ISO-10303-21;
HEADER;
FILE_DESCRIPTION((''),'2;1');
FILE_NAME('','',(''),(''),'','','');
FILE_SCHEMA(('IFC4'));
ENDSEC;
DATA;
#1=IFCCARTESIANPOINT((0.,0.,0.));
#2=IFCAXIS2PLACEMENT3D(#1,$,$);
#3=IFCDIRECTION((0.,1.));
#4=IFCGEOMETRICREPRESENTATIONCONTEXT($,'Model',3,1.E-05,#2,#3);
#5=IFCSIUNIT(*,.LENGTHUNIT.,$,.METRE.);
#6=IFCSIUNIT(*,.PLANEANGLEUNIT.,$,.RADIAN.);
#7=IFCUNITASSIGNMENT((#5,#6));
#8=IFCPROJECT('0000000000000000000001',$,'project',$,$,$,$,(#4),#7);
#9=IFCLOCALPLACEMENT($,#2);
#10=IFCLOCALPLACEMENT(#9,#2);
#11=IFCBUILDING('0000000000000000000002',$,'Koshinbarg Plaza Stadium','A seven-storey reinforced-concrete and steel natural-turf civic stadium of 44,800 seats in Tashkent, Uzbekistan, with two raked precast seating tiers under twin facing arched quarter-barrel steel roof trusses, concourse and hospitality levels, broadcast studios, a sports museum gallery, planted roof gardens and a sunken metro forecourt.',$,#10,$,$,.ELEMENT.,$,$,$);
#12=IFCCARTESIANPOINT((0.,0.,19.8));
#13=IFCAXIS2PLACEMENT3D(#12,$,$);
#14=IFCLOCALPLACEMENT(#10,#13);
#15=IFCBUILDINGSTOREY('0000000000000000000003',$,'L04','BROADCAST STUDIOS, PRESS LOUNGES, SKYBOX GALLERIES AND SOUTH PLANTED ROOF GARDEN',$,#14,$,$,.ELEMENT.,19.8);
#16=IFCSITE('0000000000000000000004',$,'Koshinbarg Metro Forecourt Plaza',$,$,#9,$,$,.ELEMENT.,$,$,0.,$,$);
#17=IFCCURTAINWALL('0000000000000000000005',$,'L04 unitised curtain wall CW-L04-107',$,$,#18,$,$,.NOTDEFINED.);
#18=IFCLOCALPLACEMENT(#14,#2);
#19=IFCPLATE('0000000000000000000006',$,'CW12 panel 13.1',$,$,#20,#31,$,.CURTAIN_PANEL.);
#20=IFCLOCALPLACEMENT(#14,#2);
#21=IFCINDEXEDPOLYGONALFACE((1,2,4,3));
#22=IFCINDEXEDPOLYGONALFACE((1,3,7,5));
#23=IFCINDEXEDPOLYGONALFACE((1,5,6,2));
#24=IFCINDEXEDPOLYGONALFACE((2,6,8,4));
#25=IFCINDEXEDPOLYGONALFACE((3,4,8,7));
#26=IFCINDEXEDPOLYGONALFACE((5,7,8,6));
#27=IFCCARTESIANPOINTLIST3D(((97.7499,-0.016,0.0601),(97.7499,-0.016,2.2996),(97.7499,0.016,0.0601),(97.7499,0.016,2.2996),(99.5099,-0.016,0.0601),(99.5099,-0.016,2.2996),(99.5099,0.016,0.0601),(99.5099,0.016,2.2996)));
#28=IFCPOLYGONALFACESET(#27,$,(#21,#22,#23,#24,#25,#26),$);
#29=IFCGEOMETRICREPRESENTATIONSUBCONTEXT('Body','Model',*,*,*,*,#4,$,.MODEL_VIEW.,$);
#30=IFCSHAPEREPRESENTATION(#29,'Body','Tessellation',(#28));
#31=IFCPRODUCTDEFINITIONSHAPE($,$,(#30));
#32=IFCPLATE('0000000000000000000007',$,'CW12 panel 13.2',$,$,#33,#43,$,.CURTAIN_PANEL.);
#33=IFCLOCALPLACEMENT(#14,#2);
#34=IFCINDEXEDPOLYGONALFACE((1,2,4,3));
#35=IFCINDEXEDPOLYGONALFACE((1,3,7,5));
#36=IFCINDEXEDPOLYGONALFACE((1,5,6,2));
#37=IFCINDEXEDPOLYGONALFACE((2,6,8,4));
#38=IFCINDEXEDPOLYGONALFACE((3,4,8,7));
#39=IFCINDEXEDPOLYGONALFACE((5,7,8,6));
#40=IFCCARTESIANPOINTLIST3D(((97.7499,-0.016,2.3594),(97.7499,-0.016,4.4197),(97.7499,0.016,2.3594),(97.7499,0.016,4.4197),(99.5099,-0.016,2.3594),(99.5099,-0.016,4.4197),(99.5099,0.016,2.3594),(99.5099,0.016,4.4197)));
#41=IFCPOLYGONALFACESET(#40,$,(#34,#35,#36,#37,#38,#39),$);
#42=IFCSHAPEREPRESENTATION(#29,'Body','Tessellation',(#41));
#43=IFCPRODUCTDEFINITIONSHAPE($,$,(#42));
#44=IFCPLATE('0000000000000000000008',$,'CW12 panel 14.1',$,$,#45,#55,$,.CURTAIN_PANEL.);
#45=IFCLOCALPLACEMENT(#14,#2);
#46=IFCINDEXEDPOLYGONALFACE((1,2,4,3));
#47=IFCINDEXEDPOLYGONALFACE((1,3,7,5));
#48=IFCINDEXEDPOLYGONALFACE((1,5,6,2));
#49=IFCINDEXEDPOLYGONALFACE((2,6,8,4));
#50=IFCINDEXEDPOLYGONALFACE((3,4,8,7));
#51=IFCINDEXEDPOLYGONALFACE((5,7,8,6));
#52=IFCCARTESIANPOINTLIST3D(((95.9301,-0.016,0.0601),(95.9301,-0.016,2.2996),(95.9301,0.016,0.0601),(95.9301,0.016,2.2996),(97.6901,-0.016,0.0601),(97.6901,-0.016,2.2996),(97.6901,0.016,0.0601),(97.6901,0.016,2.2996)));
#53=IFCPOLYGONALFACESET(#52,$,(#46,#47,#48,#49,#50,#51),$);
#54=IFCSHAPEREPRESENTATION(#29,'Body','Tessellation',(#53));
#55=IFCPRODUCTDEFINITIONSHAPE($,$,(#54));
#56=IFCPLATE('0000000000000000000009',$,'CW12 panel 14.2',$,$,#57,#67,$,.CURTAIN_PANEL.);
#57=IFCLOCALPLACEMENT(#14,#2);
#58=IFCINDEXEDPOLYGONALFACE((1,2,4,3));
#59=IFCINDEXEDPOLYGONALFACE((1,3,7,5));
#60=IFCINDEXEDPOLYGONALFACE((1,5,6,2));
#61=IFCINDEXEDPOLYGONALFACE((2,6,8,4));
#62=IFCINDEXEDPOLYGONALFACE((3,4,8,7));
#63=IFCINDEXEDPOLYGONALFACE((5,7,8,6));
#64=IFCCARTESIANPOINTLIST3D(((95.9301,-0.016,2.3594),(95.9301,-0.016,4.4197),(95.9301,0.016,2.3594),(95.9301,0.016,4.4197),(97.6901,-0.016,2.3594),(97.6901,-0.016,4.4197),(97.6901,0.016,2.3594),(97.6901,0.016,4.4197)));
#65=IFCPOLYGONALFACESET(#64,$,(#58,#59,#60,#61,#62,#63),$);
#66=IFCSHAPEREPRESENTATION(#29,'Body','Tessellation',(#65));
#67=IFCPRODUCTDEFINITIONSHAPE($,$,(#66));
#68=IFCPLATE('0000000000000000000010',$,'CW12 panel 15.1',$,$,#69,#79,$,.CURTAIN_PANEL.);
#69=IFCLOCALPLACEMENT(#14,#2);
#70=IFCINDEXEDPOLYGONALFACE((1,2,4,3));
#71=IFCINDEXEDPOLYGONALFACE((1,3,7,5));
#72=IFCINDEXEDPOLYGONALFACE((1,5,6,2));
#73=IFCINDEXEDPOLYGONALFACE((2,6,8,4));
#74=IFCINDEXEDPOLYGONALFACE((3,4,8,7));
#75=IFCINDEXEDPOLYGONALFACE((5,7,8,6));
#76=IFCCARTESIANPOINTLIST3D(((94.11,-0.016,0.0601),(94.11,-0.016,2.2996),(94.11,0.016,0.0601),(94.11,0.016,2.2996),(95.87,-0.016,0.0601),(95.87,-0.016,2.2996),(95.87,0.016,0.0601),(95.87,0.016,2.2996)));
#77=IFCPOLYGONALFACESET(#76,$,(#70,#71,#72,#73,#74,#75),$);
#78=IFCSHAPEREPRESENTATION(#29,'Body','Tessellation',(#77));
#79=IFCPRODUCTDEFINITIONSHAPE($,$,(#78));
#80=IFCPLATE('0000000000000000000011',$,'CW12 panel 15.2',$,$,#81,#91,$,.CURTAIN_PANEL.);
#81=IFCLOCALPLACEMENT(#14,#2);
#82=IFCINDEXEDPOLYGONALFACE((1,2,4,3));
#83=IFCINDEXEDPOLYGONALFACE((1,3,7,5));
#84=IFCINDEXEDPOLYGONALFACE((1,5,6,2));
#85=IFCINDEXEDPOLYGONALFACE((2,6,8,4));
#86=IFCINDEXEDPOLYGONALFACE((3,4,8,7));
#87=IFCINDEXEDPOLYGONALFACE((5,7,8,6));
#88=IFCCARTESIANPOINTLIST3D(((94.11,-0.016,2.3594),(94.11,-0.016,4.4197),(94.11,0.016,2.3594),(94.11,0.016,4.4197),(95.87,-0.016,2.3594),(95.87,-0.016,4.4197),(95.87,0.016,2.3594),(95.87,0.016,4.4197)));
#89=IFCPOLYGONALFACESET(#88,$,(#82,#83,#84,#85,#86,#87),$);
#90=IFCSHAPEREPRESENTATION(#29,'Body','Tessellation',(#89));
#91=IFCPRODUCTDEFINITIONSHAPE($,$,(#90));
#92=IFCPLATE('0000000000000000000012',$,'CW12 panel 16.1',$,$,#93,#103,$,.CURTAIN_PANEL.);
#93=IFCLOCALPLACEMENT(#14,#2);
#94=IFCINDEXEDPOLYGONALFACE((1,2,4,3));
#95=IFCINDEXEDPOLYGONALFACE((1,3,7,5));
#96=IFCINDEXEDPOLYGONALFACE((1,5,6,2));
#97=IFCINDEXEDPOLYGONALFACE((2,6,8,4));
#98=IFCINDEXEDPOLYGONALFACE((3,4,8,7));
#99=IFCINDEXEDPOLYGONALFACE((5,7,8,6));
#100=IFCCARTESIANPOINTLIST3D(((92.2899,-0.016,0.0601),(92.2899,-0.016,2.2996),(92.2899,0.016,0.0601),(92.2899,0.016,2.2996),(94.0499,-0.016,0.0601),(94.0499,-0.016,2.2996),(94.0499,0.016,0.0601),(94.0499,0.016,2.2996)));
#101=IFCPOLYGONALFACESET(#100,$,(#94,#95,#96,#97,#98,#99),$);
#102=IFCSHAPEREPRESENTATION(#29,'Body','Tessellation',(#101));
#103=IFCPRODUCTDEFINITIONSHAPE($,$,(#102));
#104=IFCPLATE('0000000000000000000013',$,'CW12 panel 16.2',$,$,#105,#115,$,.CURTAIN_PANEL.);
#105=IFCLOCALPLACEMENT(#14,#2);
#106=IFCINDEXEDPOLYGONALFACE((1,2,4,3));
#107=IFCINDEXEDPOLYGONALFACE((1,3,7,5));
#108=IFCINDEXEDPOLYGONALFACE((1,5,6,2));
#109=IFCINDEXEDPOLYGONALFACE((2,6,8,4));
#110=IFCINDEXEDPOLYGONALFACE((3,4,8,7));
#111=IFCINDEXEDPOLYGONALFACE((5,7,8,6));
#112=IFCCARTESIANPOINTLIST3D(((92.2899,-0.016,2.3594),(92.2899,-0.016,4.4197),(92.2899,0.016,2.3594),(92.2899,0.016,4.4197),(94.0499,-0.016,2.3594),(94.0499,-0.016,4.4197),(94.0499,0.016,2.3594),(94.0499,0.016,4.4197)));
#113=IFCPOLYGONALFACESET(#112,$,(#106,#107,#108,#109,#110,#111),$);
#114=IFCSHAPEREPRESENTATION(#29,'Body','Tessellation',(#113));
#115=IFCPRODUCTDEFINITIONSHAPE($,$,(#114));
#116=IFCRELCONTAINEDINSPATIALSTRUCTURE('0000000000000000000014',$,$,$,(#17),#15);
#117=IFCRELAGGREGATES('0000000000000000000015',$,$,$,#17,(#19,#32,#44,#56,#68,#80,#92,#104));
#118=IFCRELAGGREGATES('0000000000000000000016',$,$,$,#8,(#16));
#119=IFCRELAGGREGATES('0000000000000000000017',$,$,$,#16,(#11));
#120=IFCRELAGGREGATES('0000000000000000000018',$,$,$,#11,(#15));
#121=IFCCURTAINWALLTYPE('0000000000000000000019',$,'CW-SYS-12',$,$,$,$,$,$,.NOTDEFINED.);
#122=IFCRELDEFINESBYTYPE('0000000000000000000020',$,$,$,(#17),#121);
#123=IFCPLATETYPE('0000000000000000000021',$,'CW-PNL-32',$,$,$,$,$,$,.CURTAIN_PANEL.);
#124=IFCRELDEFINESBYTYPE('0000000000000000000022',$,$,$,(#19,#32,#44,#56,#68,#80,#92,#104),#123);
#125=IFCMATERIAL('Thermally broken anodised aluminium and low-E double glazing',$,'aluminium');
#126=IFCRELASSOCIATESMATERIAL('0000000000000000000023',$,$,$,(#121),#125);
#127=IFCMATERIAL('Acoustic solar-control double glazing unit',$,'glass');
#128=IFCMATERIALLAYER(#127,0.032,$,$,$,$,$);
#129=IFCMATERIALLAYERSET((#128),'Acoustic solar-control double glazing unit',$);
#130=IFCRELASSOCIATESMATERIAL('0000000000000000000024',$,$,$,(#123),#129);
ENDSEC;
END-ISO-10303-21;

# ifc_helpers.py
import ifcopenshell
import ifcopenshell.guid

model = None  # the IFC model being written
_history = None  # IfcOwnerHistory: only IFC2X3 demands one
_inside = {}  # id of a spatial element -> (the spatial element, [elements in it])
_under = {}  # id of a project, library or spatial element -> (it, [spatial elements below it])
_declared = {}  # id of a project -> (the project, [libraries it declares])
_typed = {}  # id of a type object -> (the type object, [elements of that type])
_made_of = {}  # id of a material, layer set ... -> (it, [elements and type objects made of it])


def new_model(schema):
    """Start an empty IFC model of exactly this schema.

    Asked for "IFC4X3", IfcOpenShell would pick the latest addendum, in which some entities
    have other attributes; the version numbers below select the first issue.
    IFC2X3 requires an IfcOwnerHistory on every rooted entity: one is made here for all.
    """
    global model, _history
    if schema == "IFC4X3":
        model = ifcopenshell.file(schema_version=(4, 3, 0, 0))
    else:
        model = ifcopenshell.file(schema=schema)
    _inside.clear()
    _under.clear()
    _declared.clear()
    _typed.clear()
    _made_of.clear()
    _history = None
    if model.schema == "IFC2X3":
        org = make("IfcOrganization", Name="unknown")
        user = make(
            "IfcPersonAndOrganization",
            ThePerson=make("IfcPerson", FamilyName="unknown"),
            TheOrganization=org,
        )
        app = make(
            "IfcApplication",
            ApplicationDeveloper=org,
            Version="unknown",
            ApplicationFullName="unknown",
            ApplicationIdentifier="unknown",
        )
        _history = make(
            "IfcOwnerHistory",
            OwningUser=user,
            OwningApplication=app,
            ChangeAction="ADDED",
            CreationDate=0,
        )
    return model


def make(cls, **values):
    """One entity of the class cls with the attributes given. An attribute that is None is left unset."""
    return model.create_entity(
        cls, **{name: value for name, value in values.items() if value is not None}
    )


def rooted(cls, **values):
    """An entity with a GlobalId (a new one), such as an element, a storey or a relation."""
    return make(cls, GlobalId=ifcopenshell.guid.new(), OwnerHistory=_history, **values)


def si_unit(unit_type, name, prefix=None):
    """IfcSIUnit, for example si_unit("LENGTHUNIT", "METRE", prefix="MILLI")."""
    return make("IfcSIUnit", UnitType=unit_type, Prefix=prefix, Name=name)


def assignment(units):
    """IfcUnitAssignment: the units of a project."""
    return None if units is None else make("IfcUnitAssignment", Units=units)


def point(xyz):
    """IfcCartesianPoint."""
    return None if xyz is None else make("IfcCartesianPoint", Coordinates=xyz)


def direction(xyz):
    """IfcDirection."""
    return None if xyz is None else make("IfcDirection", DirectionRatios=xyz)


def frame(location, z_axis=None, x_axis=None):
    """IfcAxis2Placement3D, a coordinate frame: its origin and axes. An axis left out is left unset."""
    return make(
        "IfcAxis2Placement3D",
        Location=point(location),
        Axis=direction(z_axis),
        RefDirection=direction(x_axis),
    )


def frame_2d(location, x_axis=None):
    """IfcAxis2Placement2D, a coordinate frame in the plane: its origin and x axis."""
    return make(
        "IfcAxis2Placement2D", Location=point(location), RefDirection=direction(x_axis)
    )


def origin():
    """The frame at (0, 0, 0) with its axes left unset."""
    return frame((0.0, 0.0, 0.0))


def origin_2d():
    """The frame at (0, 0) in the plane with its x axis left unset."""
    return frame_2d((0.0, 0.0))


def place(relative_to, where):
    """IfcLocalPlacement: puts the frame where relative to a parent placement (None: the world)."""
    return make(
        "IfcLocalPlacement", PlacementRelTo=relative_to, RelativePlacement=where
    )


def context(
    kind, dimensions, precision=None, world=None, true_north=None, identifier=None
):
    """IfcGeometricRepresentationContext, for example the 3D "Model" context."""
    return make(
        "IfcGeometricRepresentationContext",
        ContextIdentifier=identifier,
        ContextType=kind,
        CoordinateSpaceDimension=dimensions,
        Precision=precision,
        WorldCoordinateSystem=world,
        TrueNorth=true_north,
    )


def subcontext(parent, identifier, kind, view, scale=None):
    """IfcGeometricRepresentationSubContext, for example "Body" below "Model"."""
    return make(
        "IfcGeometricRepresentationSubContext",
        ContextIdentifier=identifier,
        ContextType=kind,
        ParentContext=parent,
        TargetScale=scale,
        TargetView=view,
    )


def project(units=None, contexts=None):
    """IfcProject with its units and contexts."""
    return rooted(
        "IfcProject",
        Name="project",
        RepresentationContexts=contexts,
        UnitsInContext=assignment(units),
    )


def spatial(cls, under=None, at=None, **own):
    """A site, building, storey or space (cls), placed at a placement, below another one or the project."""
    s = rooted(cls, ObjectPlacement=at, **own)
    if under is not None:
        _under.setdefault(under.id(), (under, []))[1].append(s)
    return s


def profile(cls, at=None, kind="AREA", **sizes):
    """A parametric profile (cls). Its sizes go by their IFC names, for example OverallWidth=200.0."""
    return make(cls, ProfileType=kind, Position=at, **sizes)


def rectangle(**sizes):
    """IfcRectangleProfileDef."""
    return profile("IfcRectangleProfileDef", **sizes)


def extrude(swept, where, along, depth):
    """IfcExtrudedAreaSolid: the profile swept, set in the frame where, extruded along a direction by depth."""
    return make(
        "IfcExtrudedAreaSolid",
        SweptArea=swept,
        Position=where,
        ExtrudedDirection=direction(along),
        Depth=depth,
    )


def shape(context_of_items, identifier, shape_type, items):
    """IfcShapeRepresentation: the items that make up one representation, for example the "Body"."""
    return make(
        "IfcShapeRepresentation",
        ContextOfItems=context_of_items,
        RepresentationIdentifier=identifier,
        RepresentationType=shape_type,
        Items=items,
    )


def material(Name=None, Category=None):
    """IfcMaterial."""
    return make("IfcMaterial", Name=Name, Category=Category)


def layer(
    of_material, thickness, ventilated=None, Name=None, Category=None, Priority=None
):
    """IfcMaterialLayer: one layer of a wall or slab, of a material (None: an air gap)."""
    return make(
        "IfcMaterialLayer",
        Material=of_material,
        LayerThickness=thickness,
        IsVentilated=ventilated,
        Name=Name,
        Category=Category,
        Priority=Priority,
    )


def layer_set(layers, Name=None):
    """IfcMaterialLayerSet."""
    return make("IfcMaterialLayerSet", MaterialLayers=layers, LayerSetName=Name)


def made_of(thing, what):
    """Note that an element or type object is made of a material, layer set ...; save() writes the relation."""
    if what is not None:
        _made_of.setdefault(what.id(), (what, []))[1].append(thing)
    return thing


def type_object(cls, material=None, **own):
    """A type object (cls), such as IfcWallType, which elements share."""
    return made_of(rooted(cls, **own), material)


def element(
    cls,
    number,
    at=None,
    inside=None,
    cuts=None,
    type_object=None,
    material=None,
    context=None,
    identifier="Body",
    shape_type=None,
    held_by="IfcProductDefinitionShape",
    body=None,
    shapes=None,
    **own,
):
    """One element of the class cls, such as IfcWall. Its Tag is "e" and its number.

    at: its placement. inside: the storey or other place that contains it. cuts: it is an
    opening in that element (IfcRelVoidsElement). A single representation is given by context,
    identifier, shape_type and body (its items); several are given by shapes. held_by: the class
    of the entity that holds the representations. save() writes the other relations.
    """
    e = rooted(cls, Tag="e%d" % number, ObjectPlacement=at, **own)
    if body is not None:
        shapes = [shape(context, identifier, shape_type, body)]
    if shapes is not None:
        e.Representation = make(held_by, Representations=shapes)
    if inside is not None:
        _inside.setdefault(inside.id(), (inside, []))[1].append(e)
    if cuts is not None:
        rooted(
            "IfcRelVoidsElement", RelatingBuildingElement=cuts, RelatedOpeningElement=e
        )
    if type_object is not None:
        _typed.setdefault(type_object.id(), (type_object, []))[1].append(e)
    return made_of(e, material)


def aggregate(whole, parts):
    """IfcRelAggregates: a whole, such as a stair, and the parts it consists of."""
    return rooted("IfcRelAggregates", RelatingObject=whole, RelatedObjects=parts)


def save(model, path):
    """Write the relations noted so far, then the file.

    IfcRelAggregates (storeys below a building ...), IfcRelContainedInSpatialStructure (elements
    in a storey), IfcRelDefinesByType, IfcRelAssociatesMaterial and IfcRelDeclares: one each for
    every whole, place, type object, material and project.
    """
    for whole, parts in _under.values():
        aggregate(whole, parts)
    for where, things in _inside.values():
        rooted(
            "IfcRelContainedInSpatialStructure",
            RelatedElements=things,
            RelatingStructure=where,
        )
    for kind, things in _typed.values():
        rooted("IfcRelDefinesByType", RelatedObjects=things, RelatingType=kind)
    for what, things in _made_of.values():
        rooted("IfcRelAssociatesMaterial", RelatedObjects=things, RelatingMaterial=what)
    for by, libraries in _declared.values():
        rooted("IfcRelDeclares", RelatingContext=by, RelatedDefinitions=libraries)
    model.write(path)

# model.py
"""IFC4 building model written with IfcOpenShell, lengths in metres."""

from ifc_helpers import new_model, si_unit, direction, frame, origin, origin_2d, place, context, subcontext, project, spatial, rectangle, extrude, material, layer, layer_set, type_object, element, aggregate, save


model = new_model("IFC4")

# Units and contexts
model_context = context("Model", 3, precision=1e-05, world=origin(), true_north=direction((0.0, 1.0)))
body_context = subcontext(model_context, "Body", "Model", "MODEL_VIEW")
ifc_project = project(units=[si_unit("LENGTHUNIT", "METRE"), si_unit("PLANEANGLEUNIT", "RADIAN")], contexts=[model_context])

# Site, building, storey
site_placement = place(None, origin())
site = spatial("IfcSite", under=ifc_project, at=site_placement, Name="Koshinbarg Metro Forecourt Plaza", CompositionType="ELEMENT", RefElevation=0.0)
building_placement = place(site_placement, origin())
building = spatial("IfcBuilding", under=site, at=building_placement, Name="Koshinbarg Plaza Stadium", Description="A seven-storey reinforced-concrete and steel natural-turf civic stadium of 44,800 seats in Tashkent, Uzbekistan, with two raked precast seating tiers under twin facing arched quarter-barrel steel roof trusses, concourse and hospitality levels, broadcast studios, a sports museum gallery, planted roof gardens and a sunken metro forecourt.", CompositionType="ELEMENT")
storey_placement = place(building_placement, frame((0.0, 0.0, 19.8)))
storey = spatial("IfcBuildingStorey", under=building, at=storey_placement, Name="L04", Description="BROADCAST STUDIOS, PRESS LOUNGES, SKYBOX GALLERIES AND SOUTH PLANTED ROOF GARDEN", CompositionType="ELEMENT", Elevation=19.8)

# Curtain wall, plates
ifc_material_1 = material(Name="Thermally broken anodised aluminium and low-E double glazing", Category="aluminium")
curtain_wall_type = type_object("IfcCurtainWallType", Name="CW-SYS-12", PredefinedType="NOTDEFINED", material=ifc_material_1)
curtain_wall_placement = place(storey_placement, origin())
curtain_wall = element("IfcCurtainWall", 1, at=curtain_wall_placement, inside=storey, type_object=curtain_wall_type, Name="L04 unitised curtain wall CW-L04-107", PredefinedType="NOTDEFINED")
ifc_material_2 = material(Name="Acoustic solar-control double glazing unit", Category="glass")
ifc_layer = layer(ifc_material_2, 0.032)
ifc_layer_set = layer_set([ifc_layer], Name="Acoustic solar-control double glazing unit")
plate_type = type_object("IfcPlateType", Name="CW-PNL-32", PredefinedType="CURTAIN_PANEL", material=ifc_layer_set)
plate_1_placement = place(storey_placement, frame((98.6299, 0.0, 0.0601), z_axis=(0.0, 0.0, 1.0), x_axis=(-1.0, 0.0, 0.0)))
plate_1 = element("IfcPlate", 2, at=plate_1_placement, type_object=plate_type, Name="CW12 panel 13.1", PredefinedType="CURTAIN_PANEL", context=body_context, shape_type="SweptSolid", body=[
    extrude(rectangle(XDim=1.76, YDim=0.032, at=origin_2d()), origin(), (0.0, 0.0, 1.0), 2.2395),
])
plate_2_placement = place(storey_placement, frame((98.6299, 0.0, 2.3594), z_axis=(0.0, 0.0, 1.0), x_axis=(-1.0, 0.0, 0.0)))
plate_2 = element("IfcPlate", 3, at=plate_2_placement, type_object=plate_type, Name="CW12 panel 13.2", PredefinedType="CURTAIN_PANEL", context=body_context, shape_type="SweptSolid", body=[
    extrude(rectangle(XDim=1.76, YDim=0.032, at=origin_2d()), origin(), (0.0, 0.0, 1.0), 2.0603),
])
plate_3_placement = place(storey_placement, frame((96.8101, 0.0, 0.0601), z_axis=(0.0, 0.0, 1.0), x_axis=(-1.0, 0.0, 0.0)))
plate_3 = element("IfcPlate", 4, at=plate_3_placement, type_object=plate_type, Name="CW12 panel 14.1", PredefinedType="CURTAIN_PANEL", context=body_context, shape_type="SweptSolid", body=[
    extrude(rectangle(XDim=1.76, YDim=0.032, at=origin_2d()), origin(), (0.0, 0.0, 1.0), 2.2395),
])
plate_4_placement = place(storey_placement, frame((96.8101, 0.0, 2.3594), z_axis=(0.0, 0.0, 1.0), x_axis=(-1.0, 0.0, 0.0)))
plate_4 = element("IfcPlate", 5, at=plate_4_placement, type_object=plate_type, Name="CW12 panel 14.2", PredefinedType="CURTAIN_PANEL", context=body_context, shape_type="SweptSolid", body=[
    extrude(rectangle(XDim=1.76, YDim=0.032, at=origin_2d()), origin(), (0.0, 0.0, 1.0), 2.0603),
])
plate_5_placement = place(storey_placement, frame((94.99, 0.0, 0.0601), z_axis=(0.0, 0.0, 1.0), x_axis=(-1.0, 0.0, 0.0)))
plate_5 = element("IfcPlate", 6, at=plate_5_placement, type_object=plate_type, Name="CW12 panel 15.1", PredefinedType="CURTAIN_PANEL", context=body_context, shape_type="SweptSolid", body=[
    extrude(rectangle(XDim=1.76, YDim=0.032, at=origin_2d()), origin(), (0.0, 0.0, 1.0), 2.2395),
])
plate_6_placement = place(storey_placement, frame((94.99, 0.0, 2.3594), z_axis=(0.0, 0.0, 1.0), x_axis=(-1.0, 0.0, 0.0)))
plate_6 = element("IfcPlate", 7, at=plate_6_placement, type_object=plate_type, Name="CW12 panel 15.2", PredefinedType="CURTAIN_PANEL", context=body_context, shape_type="SweptSolid", body=[
    extrude(rectangle(XDim=1.76, YDim=0.032, at=origin_2d()), origin(), (0.0, 0.0, 1.0), 2.0603),
])
plate_7_placement = place(storey_placement, frame((93.1699, 0.0, 0.0601), z_axis=(0.0, 0.0, 1.0), x_axis=(-1.0, 0.0, 0.0)))
plate_7 = element("IfcPlate", 8, at=plate_7_placement, type_object=plate_type, Name="CW12 panel 16.1", PredefinedType="CURTAIN_PANEL", context=body_context, shape_type="SweptSolid", body=[
    extrude(rectangle(XDim=1.76, YDim=0.032, at=origin_2d()), origin(), (0.0, 0.0, 1.0), 2.2395),
])
plate_8_placement = place(storey_placement, frame((93.1699, 0.0, 2.3594), z_axis=(0.0, 0.0, 1.0), x_axis=(-1.0, 0.0, 0.0)))
plate_8 = element("IfcPlate", 9, at=plate_8_placement, type_object=plate_type, Name="CW12 panel 16.2", PredefinedType="CURTAIN_PANEL", context=body_context, shape_type="SweptSolid", body=[
    extrude(rectangle(XDim=1.76, YDim=0.032, at=origin_2d()), origin(), (0.0, 0.0, 1.0), 2.0603),
])
aggregate(curtain_wall, [plate_1, plate_2, plate_3, plate_4, plate_5, plate_6, plate_7, plate_8])

save(model, "model.ifc")
